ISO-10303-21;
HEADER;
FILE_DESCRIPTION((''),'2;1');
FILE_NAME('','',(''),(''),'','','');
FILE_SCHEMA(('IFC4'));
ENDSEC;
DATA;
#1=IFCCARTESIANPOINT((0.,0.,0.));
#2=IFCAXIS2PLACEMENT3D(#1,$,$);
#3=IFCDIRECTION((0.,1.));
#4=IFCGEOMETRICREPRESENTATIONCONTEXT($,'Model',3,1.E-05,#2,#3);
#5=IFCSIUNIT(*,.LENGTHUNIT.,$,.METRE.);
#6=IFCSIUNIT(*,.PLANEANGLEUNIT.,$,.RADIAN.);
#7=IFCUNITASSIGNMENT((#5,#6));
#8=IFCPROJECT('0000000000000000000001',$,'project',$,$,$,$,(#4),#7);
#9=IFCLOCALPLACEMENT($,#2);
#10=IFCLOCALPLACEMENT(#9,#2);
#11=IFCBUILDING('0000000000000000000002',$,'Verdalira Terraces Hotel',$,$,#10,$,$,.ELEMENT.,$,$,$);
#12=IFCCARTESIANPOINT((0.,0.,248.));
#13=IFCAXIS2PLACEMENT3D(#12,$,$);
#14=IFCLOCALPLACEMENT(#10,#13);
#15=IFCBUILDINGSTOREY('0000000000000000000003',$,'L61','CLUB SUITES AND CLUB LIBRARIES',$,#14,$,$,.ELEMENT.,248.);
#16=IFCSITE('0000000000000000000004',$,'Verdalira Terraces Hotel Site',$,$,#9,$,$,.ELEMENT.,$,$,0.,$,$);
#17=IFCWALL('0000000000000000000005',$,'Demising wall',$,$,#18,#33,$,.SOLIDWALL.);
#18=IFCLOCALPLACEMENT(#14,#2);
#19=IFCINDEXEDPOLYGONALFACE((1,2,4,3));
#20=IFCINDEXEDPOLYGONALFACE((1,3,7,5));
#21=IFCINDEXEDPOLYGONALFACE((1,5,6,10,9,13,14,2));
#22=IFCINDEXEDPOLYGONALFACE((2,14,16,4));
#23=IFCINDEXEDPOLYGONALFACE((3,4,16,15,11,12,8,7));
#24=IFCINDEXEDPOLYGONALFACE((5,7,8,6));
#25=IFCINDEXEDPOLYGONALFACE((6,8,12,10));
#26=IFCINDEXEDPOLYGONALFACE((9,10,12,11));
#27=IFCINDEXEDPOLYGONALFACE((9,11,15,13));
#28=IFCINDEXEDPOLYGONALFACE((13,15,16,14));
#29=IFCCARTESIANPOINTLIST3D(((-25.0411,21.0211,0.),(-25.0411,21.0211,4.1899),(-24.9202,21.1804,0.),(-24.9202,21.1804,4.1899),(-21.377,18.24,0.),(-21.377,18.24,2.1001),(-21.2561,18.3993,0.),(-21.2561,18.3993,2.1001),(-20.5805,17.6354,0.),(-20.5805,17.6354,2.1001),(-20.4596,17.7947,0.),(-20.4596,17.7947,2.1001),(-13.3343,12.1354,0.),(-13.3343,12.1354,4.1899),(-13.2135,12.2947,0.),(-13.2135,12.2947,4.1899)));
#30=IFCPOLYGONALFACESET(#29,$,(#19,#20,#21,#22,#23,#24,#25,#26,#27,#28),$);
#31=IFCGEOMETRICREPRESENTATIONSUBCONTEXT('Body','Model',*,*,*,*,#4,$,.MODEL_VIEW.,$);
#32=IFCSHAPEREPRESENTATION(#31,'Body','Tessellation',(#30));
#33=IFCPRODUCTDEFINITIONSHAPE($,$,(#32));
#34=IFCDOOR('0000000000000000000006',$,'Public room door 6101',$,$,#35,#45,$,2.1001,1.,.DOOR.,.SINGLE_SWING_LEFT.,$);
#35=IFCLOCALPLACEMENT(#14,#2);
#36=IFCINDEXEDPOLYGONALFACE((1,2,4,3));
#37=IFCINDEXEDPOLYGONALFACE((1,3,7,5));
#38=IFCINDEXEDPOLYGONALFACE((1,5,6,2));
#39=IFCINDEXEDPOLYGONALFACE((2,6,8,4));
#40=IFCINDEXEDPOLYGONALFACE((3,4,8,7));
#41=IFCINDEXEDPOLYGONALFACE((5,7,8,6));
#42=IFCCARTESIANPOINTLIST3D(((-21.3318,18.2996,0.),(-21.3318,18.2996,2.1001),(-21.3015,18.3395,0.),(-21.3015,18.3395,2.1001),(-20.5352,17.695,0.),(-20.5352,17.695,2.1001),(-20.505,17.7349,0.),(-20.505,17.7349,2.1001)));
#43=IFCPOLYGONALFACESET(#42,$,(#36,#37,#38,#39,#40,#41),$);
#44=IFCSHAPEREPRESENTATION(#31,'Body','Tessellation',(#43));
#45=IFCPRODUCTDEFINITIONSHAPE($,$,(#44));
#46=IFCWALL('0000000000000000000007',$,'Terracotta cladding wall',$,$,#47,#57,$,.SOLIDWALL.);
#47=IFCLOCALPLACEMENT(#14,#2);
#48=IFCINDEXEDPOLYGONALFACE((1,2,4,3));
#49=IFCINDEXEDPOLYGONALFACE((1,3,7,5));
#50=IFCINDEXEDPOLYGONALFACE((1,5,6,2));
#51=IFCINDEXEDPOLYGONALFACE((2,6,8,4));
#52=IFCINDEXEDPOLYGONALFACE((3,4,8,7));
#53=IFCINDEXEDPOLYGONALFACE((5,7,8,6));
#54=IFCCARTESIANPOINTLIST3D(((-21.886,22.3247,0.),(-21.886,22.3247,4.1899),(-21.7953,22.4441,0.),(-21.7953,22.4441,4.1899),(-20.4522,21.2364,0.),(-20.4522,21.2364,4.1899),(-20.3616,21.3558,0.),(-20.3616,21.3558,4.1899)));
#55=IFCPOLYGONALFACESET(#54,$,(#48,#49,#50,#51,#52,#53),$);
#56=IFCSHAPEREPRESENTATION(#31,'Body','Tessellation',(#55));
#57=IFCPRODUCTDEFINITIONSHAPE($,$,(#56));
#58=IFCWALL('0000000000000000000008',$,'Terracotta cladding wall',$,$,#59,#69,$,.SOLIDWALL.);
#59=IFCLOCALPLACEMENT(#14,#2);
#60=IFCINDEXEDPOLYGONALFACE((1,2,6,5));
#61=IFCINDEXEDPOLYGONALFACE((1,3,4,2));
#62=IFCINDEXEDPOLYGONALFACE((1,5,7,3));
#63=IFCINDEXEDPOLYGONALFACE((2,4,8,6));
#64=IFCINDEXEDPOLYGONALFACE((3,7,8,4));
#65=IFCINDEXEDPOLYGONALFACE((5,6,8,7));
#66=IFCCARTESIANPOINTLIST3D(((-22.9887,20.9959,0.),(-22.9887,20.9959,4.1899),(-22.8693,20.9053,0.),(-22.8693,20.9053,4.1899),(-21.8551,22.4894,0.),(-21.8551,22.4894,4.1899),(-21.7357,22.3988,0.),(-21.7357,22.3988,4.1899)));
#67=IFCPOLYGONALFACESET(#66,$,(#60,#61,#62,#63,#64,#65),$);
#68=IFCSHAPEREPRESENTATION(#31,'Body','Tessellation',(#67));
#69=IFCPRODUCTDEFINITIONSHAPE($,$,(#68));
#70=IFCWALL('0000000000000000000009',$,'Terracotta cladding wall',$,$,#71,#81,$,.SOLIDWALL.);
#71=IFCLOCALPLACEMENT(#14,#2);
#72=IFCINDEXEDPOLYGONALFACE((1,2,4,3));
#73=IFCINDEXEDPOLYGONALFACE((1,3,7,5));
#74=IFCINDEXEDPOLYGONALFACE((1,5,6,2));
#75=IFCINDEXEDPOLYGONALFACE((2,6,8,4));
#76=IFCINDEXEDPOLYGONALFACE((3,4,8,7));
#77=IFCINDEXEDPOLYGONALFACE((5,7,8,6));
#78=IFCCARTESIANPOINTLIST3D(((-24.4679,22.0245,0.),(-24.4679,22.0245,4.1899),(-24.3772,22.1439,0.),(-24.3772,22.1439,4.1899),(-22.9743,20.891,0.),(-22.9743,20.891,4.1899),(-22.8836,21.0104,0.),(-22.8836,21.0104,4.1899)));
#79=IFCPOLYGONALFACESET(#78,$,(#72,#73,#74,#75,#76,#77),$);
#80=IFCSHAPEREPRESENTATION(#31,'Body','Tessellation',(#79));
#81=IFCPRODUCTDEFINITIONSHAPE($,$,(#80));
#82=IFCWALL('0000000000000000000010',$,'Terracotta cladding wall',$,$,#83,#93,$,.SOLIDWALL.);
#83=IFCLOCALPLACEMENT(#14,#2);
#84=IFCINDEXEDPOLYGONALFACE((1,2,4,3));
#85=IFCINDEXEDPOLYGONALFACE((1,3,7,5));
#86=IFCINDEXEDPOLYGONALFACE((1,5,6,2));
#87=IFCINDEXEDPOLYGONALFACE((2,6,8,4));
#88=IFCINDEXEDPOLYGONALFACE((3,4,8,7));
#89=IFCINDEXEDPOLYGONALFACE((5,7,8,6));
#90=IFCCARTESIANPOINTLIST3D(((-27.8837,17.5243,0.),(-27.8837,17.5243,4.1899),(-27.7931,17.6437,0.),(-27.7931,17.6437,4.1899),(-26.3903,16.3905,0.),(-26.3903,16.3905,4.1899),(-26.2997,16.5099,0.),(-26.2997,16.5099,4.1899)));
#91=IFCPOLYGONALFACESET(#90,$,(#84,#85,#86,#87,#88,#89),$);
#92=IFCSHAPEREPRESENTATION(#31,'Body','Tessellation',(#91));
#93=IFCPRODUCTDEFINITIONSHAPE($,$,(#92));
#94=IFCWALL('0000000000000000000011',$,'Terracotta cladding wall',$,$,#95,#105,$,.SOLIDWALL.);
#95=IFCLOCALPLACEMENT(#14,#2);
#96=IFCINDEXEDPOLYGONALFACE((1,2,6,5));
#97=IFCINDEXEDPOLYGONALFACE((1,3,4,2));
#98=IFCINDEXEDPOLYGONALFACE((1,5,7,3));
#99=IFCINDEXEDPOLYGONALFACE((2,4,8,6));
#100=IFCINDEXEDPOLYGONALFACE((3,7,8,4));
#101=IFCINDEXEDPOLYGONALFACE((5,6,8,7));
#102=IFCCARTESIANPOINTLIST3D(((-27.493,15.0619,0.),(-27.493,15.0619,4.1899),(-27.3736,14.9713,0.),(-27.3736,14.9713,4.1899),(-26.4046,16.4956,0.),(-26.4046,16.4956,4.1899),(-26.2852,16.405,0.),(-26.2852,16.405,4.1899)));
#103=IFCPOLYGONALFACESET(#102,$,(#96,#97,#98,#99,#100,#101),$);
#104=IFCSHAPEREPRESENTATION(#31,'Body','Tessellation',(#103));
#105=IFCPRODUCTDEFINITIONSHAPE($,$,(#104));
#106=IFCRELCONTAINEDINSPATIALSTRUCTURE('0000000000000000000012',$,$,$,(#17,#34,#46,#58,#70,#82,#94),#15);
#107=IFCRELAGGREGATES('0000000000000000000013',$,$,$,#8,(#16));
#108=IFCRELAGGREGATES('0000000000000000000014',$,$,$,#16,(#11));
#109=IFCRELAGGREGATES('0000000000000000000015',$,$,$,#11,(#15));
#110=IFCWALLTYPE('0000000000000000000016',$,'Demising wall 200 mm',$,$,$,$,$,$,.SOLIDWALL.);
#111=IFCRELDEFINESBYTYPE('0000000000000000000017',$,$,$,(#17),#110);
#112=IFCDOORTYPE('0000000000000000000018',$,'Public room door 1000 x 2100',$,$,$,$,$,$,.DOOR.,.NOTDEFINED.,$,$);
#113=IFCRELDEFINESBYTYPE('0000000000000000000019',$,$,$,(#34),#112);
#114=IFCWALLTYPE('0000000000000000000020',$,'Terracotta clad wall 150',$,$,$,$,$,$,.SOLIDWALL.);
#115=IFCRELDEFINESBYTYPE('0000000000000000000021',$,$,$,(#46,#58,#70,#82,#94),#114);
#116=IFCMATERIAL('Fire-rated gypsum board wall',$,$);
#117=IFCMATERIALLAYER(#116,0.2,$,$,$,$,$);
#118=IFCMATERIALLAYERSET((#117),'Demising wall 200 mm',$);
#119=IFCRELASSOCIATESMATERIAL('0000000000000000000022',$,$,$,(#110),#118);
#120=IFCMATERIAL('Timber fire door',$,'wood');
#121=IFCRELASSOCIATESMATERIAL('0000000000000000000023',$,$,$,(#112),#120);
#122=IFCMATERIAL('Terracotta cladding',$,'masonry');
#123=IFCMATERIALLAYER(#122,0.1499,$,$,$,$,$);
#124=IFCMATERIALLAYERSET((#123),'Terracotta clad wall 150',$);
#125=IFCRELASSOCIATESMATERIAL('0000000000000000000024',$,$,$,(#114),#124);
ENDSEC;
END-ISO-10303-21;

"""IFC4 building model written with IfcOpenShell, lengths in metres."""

from ifc_helpers import new_model, si_unit, direction, frame, frame_2d, origin, place, context, subcontext, project, spatial, rectangle, extrude, material, layer, layer_set, type_object, element, fill, save


model = new_model("IFC4")

# Units and contexts
model_context = context("Model", 3, precision=1e-05, world=origin(), true_north=direction((0.0, 1.0)))
body_context = subcontext(model_context, "Body", "Model", "MODEL_VIEW")
ifc_project = project(units=[si_unit("LENGTHUNIT", "METRE"), si_unit("PLANEANGLEUNIT", "RADIAN")], contexts=[model_context])

# Site, building, storey
site_placement = place(None, origin())
site = spatial("IfcSite", under=ifc_project, at=site_placement, Name="Verdalira Terraces Hotel Site", CompositionType="ELEMENT", RefElevation=0.0)
building_placement = place(site_placement, origin())
building = spatial("IfcBuilding", under=site, at=building_placement, Name="Verdalira Terraces Hotel", CompositionType="ELEMENT")
storey_placement = place(building_placement, frame((0.0, 0.0, 248.0)))
storey = spatial("IfcBuildingStorey", under=building, at=storey_placement, Name="L61", Description="CLUB SUITES AND CLUB LIBRARIES", CompositionType="ELEMENT", Elevation=248.0)

# Wall, opening, door
ifc_material_1 = material(Name="Fire-rated gypsum board wall")
ifc_layer_1 = layer(ifc_material_1, 0.2)
ifc_layer_set_1 = layer_set([ifc_layer_1], Name="Demising wall 200 mm")
wall_type_1 = type_object("IfcWallType", Name="Demising wall 200 mm", PredefinedType="SOLIDWALL", material=ifc_layer_set_1)
wall_1_placement = place(storey_placement, frame((-24.9807, 21.1008, 0.0), z_axis=(0.0, 0.0, 1.0), x_axis=(0.796536, -0.604591, 0.0)))
wall_1 = element("IfcWall", 1, at=wall_1_placement, inside=storey, type_object=wall_type_1, Name="Demising wall", PredefinedType="SOLIDWALL", context=body_context, shape_type="SweptSolid", body=[
    extrude(rectangle(XDim=14.697, YDim=0.2, at=frame_2d((7.3486, 0.0))), origin(), (0.0, 0.0, 1.0), 4.1899),
])
opening_placement = place(wall_1_placement, frame((4.6001, 0.0, 0.0)))
opening = element("IfcOpeningElement", 2, at=opening_placement, cuts=wall_1, PredefinedType="OPENING", context=body_context, shape_type="SweptSolid", body=[
    extrude(rectangle(XDim=1.0, YDim=2.1001, at=frame_2d((0.5, 1.05))), frame((0.0, 0.1099, 0.0), z_axis=(0.0, -1.0, 0.0), x_axis=(1.0, 0.0, 0.0)), (0.0, 0.0, 1.0), 0.22),
])
ifc_material_2 = material(Name="Timber fire door", Category="wood")
door_type = type_object("IfcDoorType", Name="Public room door 1000 x 2100", OperationType="NOTDEFINED", PredefinedType="DOOR", material=ifc_material_2)
door_placement = place(opening_placement, origin())
door = element("IfcDoor", 3, at=door_placement, inside=storey, type_object=door_type, Name="Public room door 6101", OperationType="SINGLE_SWING_LEFT", OverallHeight=2.1001, OverallWidth=1.0, PredefinedType="DOOR", context=body_context, shape_type="SweptSolid", body=[
    extrude(rectangle(XDim=1.0, YDim=2.1001, at=frame_2d((0.5, 1.05))), frame((0.0, 0.0249, 0.0), z_axis=(0.0, -1.0, 0.0), x_axis=(1.0, 0.0, 0.0)), (0.0, 0.0, 1.0), 0.05),
])
fill(opening, door)

# Walls
ifc_material_3 = material(Name="Terracotta cladding", Category="masonry")
ifc_layer_2 = layer(ifc_material_3, 0.1499)
ifc_layer_set_2 = layer_set([ifc_layer_2], Name="Terracotta clad wall 150")
wall_type_2 = type_object("IfcWallType", Name="Terracotta clad wall 150", PredefinedType="SOLIDWALL", material=ifc_layer_set_2)
wall_2_placement = place(storey_placement, frame((-20.407, 21.2961, 0.0), z_axis=(0.0, 0.0, 1.0), x_axis=(-0.79652, 0.604612, 0.0)))
element("IfcWall", 4, at=wall_2_placement, inside=storey, type_object=wall_type_2, Name="Terracotta cladding wall", PredefinedType="SOLIDWALL", context=body_context, shape_type="SweptSolid", body=[
    extrude(rectangle(XDim=1.8, YDim=0.1499, at=frame_2d((0.8999, 0.0))), origin(), (0.0, 0.0, 1.0), 4.1899),
])
for number, where, z_axis, x_axis, name in (
    (5, (-21.7954, 22.4441, 0.0), (0.0, 0.0, 1.0), (-0.604595, -0.796533, 0.0), "Terracotta cladding wall"),
    (6, (-22.929, 20.9507, 0.0), (0.0, 0.0, 1.0), (-0.796581, 0.604532, 0.0), "Terracotta cladding wall"),
    (7, (-27.8384, 17.584, 0.0), (0.0, 0.0, 1.0), (0.796471, -0.604677, 0.0), "Terracotta cladding wall"),
):
    element("IfcWall", number, at=place(storey_placement, frame(where, z_axis=z_axis, x_axis=x_axis)), inside=storey, type_object=wall_type_2, Name=name, PredefinedType="SOLIDWALL", context=body_context, shape_type="SweptSolid", body=[
        extrude(rectangle(XDim=1.875, YDim=0.1499, at=frame_2d((0.9375, 0.0))), origin(), (0.0, 0.0, 1.0), 4.1899),
    ])
wall_3_placement = place(storey_placement, frame((-26.345, 16.4502, 0.0), z_axis=(0.0, 0.0, 1.0), x_axis=(-0.604677, -0.796471, 0.0)))
element("IfcWall", 8, at=wall_3_placement, inside=storey, type_object=wall_type_2, Name="Terracotta cladding wall", PredefinedType="SOLIDWALL", context=body_context, shape_type="SweptSolid", body=[
    extrude(rectangle(XDim=1.8, YDim=0.1499, at=frame_2d((0.8999, 0.0))), origin(), (0.0, 0.0, 1.0), 4.1899),
])

save(model, "model.ifc")
